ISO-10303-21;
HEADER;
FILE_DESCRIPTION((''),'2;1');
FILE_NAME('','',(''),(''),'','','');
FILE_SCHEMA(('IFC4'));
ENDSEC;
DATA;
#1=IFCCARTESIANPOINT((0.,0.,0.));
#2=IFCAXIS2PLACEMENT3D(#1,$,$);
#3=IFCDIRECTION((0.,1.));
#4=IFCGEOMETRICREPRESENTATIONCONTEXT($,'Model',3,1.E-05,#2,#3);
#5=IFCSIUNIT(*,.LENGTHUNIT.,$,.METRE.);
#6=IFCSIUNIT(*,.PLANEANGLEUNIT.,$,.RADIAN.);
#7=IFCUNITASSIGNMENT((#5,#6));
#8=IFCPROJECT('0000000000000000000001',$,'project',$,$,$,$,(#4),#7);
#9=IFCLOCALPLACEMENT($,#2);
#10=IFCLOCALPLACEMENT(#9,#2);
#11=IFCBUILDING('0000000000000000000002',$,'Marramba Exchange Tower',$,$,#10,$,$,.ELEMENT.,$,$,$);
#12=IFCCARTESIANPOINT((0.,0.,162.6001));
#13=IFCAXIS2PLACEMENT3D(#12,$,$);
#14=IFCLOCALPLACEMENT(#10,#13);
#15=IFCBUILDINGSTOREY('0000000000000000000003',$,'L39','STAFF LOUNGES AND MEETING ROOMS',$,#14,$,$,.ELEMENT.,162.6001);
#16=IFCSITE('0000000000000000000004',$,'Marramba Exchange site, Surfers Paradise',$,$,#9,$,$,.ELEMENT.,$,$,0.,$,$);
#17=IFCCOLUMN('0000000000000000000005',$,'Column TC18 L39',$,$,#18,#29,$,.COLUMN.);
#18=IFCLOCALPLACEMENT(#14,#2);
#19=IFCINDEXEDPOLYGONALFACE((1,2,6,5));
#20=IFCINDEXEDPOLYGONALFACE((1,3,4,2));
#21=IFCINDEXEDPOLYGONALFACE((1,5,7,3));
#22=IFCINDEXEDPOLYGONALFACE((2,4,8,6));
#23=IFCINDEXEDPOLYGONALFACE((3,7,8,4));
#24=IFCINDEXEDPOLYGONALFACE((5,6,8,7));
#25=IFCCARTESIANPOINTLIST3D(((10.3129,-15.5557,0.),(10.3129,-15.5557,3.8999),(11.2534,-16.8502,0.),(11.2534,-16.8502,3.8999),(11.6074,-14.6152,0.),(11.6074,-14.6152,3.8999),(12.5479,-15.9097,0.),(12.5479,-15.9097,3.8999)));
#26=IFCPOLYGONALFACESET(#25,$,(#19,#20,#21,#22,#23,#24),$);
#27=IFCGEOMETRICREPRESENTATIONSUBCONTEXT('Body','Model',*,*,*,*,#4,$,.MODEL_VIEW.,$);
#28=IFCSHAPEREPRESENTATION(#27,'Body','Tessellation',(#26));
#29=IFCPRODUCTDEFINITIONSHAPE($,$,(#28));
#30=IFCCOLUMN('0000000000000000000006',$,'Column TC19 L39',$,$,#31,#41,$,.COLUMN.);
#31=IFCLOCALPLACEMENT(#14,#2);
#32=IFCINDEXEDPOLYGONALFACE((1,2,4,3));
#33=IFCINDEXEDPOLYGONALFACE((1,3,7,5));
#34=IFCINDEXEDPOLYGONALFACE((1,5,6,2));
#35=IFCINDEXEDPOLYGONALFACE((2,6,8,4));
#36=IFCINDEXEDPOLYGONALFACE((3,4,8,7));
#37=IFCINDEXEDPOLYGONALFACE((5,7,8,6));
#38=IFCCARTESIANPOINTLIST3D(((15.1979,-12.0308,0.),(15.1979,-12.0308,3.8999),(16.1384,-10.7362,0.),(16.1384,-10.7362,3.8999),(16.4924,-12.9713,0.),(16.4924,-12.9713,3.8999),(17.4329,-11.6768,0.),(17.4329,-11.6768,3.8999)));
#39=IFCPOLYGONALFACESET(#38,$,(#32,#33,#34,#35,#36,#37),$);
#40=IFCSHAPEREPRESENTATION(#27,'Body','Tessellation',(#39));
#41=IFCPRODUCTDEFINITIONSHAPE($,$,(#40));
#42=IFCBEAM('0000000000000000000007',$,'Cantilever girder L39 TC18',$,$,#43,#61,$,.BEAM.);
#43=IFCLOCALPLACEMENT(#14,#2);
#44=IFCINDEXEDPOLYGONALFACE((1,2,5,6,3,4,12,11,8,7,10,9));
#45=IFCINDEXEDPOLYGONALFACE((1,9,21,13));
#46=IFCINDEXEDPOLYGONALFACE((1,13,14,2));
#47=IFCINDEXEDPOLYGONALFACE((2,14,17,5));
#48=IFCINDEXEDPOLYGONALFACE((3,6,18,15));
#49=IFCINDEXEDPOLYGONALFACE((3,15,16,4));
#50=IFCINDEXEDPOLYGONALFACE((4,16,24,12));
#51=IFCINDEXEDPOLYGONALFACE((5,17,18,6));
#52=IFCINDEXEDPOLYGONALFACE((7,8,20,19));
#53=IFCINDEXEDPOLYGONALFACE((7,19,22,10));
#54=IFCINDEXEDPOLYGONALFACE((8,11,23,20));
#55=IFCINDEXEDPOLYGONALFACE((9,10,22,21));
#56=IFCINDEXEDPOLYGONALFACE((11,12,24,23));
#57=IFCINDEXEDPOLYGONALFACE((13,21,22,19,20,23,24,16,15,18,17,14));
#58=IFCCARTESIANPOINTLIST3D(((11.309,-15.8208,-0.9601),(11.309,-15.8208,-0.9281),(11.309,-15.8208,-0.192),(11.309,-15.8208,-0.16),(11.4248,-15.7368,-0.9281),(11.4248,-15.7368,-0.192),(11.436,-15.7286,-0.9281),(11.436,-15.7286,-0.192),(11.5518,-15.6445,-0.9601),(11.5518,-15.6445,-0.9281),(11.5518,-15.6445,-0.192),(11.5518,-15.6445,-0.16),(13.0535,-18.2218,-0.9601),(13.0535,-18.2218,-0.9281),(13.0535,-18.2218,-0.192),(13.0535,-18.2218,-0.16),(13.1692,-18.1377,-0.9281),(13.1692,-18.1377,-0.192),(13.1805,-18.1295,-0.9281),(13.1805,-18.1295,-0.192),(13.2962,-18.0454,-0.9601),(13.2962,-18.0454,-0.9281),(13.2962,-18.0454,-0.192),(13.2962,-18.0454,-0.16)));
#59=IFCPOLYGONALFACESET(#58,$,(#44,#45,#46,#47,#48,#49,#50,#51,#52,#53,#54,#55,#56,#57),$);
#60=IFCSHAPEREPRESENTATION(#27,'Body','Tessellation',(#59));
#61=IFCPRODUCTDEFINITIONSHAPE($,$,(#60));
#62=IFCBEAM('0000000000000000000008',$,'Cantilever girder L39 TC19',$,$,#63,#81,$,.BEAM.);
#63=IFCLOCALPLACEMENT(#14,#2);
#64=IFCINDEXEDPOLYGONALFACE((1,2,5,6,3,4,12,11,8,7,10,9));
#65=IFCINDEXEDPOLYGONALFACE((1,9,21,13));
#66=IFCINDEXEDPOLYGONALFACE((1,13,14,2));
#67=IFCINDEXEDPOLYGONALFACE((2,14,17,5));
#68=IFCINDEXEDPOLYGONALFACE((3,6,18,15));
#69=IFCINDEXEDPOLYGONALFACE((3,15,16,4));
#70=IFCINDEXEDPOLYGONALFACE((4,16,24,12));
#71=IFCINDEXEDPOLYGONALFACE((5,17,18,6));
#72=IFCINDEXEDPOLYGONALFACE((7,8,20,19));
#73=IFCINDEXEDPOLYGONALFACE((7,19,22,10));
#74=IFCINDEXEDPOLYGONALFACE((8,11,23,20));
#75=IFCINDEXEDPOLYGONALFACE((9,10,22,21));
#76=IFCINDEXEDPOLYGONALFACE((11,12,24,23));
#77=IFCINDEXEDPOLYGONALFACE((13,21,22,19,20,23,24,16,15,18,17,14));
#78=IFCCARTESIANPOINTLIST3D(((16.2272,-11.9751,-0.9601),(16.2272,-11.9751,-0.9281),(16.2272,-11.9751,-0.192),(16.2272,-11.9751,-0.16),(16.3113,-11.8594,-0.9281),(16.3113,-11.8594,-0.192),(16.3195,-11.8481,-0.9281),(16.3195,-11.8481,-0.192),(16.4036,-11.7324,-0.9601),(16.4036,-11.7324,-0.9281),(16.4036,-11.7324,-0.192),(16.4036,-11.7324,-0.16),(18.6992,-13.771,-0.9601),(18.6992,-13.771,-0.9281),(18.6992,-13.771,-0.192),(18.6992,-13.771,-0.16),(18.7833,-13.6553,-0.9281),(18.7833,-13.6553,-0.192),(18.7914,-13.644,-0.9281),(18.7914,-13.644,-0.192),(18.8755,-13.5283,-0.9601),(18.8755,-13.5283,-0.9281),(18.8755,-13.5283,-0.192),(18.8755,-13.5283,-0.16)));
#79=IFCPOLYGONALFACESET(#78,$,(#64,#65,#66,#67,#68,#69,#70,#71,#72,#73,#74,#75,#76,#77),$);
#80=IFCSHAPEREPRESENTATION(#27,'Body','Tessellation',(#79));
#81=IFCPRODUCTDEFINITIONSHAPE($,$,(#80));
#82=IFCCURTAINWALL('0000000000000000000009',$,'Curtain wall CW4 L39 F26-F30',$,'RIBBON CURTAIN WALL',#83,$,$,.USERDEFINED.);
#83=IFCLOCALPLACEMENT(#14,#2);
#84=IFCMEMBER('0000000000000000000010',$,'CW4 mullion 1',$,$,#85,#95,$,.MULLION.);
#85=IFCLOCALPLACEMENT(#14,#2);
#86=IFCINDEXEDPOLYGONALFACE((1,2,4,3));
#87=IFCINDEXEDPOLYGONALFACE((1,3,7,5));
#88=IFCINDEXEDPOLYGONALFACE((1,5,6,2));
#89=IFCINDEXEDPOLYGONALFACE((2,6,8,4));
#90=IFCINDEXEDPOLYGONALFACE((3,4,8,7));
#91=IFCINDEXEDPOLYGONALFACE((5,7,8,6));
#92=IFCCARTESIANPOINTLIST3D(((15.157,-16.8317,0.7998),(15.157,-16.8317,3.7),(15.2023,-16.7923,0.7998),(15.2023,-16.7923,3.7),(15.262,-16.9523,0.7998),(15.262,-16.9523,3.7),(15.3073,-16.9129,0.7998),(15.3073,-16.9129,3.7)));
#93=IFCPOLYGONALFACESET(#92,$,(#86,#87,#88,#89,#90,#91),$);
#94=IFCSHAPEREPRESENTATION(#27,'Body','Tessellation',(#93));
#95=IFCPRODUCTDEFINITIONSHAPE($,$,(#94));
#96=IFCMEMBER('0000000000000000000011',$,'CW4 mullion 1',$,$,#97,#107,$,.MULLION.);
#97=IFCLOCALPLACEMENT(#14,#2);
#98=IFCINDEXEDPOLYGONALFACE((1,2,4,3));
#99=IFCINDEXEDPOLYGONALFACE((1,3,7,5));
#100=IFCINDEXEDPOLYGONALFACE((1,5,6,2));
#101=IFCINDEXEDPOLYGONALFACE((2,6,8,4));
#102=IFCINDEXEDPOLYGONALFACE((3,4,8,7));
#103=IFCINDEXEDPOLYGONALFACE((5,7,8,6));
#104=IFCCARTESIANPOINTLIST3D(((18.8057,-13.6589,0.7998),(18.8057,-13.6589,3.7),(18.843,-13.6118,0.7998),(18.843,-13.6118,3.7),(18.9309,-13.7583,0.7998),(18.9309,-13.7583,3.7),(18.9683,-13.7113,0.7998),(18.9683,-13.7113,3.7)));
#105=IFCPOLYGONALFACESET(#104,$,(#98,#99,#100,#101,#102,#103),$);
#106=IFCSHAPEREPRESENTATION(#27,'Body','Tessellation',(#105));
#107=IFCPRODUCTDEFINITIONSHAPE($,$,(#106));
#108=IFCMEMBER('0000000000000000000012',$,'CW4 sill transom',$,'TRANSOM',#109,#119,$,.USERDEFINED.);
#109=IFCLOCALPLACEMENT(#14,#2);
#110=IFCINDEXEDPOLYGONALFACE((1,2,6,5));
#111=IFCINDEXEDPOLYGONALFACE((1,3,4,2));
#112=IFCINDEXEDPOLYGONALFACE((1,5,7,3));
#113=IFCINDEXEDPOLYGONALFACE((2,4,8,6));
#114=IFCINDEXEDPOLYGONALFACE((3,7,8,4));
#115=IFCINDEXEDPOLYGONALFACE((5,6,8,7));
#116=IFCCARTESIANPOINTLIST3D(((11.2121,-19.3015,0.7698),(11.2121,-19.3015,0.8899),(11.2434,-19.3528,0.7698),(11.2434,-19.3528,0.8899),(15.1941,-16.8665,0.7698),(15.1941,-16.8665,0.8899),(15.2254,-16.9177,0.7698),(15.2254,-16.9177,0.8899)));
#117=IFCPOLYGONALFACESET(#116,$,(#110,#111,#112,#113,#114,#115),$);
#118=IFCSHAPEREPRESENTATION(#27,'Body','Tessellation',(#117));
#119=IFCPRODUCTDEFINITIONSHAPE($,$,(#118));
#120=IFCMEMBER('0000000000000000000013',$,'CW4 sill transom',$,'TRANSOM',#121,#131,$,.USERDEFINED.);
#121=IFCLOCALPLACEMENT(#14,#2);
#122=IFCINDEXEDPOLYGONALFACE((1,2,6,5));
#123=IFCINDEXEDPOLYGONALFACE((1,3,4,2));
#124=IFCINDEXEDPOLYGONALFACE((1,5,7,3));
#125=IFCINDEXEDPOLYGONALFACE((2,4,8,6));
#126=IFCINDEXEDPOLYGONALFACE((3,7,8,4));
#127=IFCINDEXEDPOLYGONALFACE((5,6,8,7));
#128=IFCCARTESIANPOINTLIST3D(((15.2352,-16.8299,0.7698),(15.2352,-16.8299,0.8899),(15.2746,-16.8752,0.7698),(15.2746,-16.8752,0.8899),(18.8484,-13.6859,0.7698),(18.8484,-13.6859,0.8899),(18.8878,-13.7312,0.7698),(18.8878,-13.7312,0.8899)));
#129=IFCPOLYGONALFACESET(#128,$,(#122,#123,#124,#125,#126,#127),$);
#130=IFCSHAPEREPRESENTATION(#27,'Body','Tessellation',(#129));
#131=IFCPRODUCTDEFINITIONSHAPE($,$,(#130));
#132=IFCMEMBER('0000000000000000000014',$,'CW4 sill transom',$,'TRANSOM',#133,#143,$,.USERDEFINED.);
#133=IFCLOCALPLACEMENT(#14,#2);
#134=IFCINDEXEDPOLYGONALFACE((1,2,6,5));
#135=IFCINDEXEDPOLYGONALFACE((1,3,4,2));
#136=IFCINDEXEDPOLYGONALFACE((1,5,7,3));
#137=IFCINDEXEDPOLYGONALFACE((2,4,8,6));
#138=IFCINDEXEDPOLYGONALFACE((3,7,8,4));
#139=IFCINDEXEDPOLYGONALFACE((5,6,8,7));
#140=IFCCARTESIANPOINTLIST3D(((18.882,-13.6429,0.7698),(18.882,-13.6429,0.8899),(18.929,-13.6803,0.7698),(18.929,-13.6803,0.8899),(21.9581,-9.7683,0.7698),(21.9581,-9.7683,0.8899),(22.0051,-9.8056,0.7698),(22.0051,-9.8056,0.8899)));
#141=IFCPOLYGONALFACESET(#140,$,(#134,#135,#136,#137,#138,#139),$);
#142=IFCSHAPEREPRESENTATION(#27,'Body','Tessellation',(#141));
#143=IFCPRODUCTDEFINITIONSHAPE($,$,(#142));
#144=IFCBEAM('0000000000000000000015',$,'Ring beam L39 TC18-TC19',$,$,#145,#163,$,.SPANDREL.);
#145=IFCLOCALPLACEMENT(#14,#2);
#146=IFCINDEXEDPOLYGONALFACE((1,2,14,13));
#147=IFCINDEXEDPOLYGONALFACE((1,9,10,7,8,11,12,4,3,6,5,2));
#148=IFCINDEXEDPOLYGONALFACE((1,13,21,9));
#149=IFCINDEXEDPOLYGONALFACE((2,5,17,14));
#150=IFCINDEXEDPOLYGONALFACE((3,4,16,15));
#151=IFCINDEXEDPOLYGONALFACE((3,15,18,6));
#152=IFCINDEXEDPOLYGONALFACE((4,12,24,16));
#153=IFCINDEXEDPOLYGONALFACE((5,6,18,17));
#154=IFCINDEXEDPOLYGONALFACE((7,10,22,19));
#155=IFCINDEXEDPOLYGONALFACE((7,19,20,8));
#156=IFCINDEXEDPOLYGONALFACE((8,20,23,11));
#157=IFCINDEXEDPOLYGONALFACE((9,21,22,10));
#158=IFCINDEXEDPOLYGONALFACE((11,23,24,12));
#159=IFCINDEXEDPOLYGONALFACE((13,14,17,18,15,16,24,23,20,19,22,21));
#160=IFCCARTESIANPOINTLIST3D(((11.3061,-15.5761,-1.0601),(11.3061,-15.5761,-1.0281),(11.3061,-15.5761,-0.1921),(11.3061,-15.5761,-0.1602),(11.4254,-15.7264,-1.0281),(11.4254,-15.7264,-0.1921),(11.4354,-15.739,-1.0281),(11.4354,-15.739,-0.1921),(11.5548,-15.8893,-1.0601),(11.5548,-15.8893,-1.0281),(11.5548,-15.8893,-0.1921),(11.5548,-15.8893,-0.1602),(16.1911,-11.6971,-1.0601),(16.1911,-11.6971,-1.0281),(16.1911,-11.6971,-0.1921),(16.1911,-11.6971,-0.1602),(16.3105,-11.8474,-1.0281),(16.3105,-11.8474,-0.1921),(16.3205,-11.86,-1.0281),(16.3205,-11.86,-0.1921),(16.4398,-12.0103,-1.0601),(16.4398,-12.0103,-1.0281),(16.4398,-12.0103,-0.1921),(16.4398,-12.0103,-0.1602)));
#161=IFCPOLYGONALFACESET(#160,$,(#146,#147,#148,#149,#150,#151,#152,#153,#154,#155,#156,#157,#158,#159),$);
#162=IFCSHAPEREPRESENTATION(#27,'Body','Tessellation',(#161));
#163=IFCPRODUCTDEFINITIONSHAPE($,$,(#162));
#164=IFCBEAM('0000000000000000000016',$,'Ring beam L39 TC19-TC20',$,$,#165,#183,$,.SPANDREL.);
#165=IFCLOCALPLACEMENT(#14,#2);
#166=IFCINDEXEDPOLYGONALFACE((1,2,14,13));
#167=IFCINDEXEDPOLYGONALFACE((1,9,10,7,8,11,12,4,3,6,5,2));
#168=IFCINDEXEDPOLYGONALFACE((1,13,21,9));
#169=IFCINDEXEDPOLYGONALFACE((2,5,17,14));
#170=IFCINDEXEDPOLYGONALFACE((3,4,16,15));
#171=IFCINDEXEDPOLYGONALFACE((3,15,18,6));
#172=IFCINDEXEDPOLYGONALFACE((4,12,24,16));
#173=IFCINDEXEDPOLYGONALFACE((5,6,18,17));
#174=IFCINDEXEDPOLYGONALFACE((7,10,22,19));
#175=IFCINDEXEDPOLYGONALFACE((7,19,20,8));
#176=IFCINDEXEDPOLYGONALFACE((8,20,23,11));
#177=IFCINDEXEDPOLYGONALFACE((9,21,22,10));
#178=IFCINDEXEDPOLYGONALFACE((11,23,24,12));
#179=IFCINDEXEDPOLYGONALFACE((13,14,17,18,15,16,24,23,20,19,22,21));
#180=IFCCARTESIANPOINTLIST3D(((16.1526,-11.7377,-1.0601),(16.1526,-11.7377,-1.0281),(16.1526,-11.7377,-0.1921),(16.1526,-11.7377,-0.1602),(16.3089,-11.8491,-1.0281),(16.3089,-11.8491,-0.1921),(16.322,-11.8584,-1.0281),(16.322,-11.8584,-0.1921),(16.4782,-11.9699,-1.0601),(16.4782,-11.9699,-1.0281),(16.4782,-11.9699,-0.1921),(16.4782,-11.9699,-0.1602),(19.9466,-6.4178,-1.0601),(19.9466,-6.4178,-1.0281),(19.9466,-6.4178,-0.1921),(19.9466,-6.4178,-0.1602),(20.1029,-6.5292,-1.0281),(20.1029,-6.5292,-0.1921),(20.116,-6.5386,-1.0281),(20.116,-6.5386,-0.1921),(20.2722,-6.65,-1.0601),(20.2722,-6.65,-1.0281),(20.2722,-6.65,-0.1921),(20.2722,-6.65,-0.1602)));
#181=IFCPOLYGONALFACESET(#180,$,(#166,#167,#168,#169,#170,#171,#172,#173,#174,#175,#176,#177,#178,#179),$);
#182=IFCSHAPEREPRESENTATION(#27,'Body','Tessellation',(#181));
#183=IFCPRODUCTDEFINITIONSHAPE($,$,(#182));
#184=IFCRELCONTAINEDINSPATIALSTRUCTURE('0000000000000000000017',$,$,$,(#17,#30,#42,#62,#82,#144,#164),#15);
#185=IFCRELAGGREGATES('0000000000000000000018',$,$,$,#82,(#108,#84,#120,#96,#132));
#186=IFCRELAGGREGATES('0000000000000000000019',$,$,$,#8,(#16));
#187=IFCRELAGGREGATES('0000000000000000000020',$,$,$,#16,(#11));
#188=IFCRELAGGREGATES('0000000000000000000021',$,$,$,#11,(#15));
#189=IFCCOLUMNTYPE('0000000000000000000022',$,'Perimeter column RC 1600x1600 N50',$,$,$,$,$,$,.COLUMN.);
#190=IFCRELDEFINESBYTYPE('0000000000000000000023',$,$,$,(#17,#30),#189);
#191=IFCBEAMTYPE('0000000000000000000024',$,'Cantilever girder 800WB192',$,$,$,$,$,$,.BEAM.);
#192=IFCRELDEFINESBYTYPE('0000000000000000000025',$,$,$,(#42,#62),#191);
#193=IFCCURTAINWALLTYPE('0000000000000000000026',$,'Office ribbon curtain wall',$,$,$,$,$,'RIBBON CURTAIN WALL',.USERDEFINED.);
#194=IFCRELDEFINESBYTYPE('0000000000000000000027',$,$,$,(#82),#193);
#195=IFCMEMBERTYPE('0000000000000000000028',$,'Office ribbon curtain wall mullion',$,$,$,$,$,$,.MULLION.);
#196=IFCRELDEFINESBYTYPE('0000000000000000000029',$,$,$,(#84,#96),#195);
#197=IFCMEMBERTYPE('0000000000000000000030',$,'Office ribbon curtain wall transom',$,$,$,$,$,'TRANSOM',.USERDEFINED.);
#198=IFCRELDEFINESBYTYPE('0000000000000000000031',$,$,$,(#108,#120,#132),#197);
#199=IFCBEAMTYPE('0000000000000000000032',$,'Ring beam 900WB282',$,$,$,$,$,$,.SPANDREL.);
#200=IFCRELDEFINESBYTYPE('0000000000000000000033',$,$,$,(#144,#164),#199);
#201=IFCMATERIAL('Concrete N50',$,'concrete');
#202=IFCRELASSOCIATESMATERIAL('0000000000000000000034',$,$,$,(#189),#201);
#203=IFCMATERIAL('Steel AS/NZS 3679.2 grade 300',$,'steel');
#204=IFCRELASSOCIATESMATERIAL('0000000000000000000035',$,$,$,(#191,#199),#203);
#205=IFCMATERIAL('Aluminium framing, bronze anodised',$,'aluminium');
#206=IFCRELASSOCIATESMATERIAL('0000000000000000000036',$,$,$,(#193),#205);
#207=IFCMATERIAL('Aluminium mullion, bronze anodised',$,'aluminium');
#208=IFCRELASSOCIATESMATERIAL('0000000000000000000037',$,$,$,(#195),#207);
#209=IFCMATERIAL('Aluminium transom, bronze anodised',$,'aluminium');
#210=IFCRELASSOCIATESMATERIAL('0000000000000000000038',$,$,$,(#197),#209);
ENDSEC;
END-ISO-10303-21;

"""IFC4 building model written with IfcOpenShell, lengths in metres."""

from ifc_helpers import new_model, si_unit, direction, frame, origin, origin_2d, place, context, subcontext, project, spatial, rectangle, i_section, extrude, material, material_profile, profile_set, type_object, element, aggregate, save


model = new_model("IFC4")

# Units and contexts
model_context = context("Model", 3, precision=1e-05, world=origin(), true_north=direction((0.0, 1.0)))
body_context = subcontext(model_context, "Body", "Model", "MODEL_VIEW")
ifc_project = project(units=[si_unit("LENGTHUNIT", "METRE"), si_unit("PLANEANGLEUNIT", "RADIAN")], contexts=[model_context])

# Site, building, storey
site_placement = place(None, origin())
site = spatial("IfcSite", under=ifc_project, at=site_placement, Name="Marramba Exchange site, Surfers Paradise", CompositionType="ELEMENT", RefElevation=0.0)
building_placement = place(site_placement, origin())
building = spatial("IfcBuilding", under=site, at=building_placement, Name="Marramba Exchange Tower", CompositionType="ELEMENT")
storey_placement = place(building_placement, frame((0.0, 0.0, 162.6001)))
storey = spatial("IfcBuildingStorey", under=building, at=storey_placement, Name="L39", Description="STAFF LOUNGES AND MEETING ROOMS", CompositionType="ELEMENT", Elevation=162.6001)

# Columns
ifc_material_1 = material(Name="Concrete N50", Category="concrete")
ifc_material_profile_1 = material_profile(ifc_material_1, rectangle(XDim=1.6001, YDim=1.6001, at=origin_2d()), Name="RC 1600x1600")
ifc_profile_set_1 = profile_set([ifc_material_profile_1], Name="Concrete N50")
column_type = type_object("IfcColumnType", Name="Perimeter column RC 1600x1600 N50", PredefinedType="COLUMN", material=ifc_profile_set_1)
for number, where, z_axis, x_axis, name in (
    (1, (11.4304, -15.7327, 0.0), (0.0, 0.0, 1.0), (0.587785, -0.809017, 0.0), "Column TC18 L39"),
    (2, (16.3154, -11.8538, 0.0), (0.0, 0.0, 1.0), (0.809017, -0.587785, 0.0), "Column TC19 L39"),
):
    element("IfcColumn", number, at=place(storey_placement, frame(where, z_axis=z_axis, x_axis=x_axis)), inside=storey, type_object=column_type, Name=name, PredefinedType="COLUMN", context=body_context, shape_type="SweptSolid", body=[
        extrude(rectangle(XDim=1.6001, YDim=1.6001, at=origin_2d()), origin(), (0.0, 0.0, 1.0), 3.8999),
    ])

# Beams
ifc_material_2 = material(Name="Steel AS/NZS 3679.2 grade 300", Category="steel")
ifc_material_profile_2 = material_profile(ifc_material_2, i_section(OverallWidth=0.3, OverallDepth=0.8, WebThickness=0.0139, FlangeThickness=0.032, at=origin_2d()), Name="800WB192")
ifc_profile_set_2 = profile_set([ifc_material_profile_2], Name="Steel AS/NZS 3679.2 grade 300")
beam_type_1 = type_object("IfcBeamType", Name="Cantilever girder 800WB192", PredefinedType="BEAM", material=ifc_profile_set_2)
beam_1_placement = place(storey_placement, frame((11.4304, -15.7327, -0.5601), z_axis=(0.587795, -0.80901, 0.0), x_axis=(0.80901, 0.587795, 0.0)))
element("IfcBeam", 3, at=beam_1_placement, inside=storey, type_object=beam_type_1, Name="Cantilever girder L39 TC18", PredefinedType="BEAM", context=body_context, shape_type="SweptSolid", body=[
    extrude(i_section(OverallWidth=0.3, OverallDepth=0.8, WebThickness=0.0139, FlangeThickness=0.032, at=origin_2d()), origin(), (0.0, 0.0, 1.0), 2.9678),
])
beam_2_placement = place(storey_placement, frame((16.3154, -11.8538, -0.5601), z_axis=(0.809026, -0.587773, 0.0), x_axis=(0.587773, 0.809026, 0.0)))
element("IfcBeam", 4, at=beam_2_placement, inside=storey, type_object=beam_type_1, Name="Cantilever girder L39 TC19", PredefinedType="BEAM", context=body_context, shape_type="SweptSolid", body=[
    extrude(i_section(OverallWidth=0.3, OverallDepth=0.8, WebThickness=0.0139, FlangeThickness=0.032, at=origin_2d()), origin(), (0.0, 0.0, 1.0), 3.0554),
])

# Curtain wall, members
ifc_material_3 = material(Name="Aluminium framing, bronze anodised", Category="aluminium")
curtain_wall_type = type_object("IfcCurtainWallType", Name="Office ribbon curtain wall", ElementType="RIBBON CURTAIN WALL", PredefinedType="USERDEFINED", material=ifc_material_3)
curtain_wall_placement = place(storey_placement, origin())
curtain_wall = element("IfcCurtainWall", 5, at=curtain_wall_placement, inside=storey, type_object=curtain_wall_type, Name="Curtain wall CW4 L39 F26-F30", ObjectType="RIBBON CURTAIN WALL", PredefinedType="USERDEFINED")
ifc_material_4 = material(Name="Aluminium mullion, bronze anodised", Category="aluminium")
ifc_material_profile_3 = material_profile(ifc_material_4, rectangle(XDim=0.1599, YDim=0.0601, at=origin_2d()), Name="CW4 mullion 60x160")
ifc_profile_set_3 = profile_set([ifc_material_profile_3], Name="Aluminium mullion, bronze anodised")
member_type_1 = type_object("IfcMemberType", Name="Office ribbon curtain wall mullion", PredefinedType="MULLION", material=ifc_profile_set_3)
member_1_placement = place(storey_placement, frame((15.2322, -16.8723, 0.7998), z_axis=(0.0, 0.0, 1.0), x_axis=(-0.656432, 0.754386, 0.0)))
member_1 = element("IfcMember", 6, at=member_1_placement, type_object=member_type_1, Name="CW4 mullion 1", PredefinedType="MULLION", context=body_context, shape_type="SweptSolid", body=[
    extrude(rectangle(XDim=0.1599, YDim=0.0601, at=origin_2d()), origin(), (0.0, 0.0, 1.0), 2.9001),
])
member_2_placement = place(storey_placement, frame((18.887, -13.6851, 0.7998), z_axis=(0.0, 0.0, 1.0), x_axis=(-0.78317, 0.621807, 0.0)))
member_2 = element("IfcMember", 7, at=member_2_placement, type_object=member_type_1, Name="CW4 mullion 1", PredefinedType="MULLION", context=body_context, shape_type="SweptSolid", body=[
    extrude(rectangle(XDim=0.1599, YDim=0.0601, at=origin_2d()), origin(), (0.0, 0.0, 1.0), 2.9001),
])
ifc_material_5 = material(Name="Aluminium transom, bronze anodised", Category="aluminium")
ifc_material_profile_4 = material_profile(ifc_material_5, rectangle(XDim=0.0601, YDim=0.1201, at=origin_2d()), Name="CW4 transom 60x120")
ifc_profile_set_4 = profile_set([ifc_material_profile_4], Name="Aluminium transom, bronze anodised")
member_type_2 = type_object("IfcMemberType", Name="Office ribbon curtain wall transom", ElementType="TRANSOM", PredefinedType="USERDEFINED", material=ifc_profile_set_4)
member_3_placement = place(storey_placement, frame((11.2278, -19.3271, 0.8298), z_axis=(0.853124, 0.521708, 0.0), x_axis=(-0.521708, 0.853124, 0.0)))
member_3 = element("IfcMember", 8, at=member_3_placement, type_object=member_type_2, Name="CW4 sill transom", ObjectType="TRANSOM", PredefinedType="USERDEFINED", context=body_context, shape_type="SweptSolid", body=[
    extrude(rectangle(XDim=0.0601, YDim=0.1201, at=origin_2d()), origin(), (0.0, 0.0, 1.0), 4.6675),
])
member_4_placement = place(storey_placement, frame((15.2549, -16.8525, 0.8298), z_axis=(0.754393, 0.656424, 0.0), x_axis=(-0.656424, 0.754393, 0.0)))
member_4 = element("IfcMember", 9, at=member_4_placement, type_object=member_type_2, Name="CW4 sill transom", ObjectType="TRANSOM", PredefinedType="USERDEFINED", context=body_context, shape_type="SweptSolid", body=[
    extrude(rectangle(XDim=0.0601, YDim=0.1201, at=origin_2d()), origin(), (0.0, 0.0, 1.0), 4.7896),
])
member_5_placement = place(storey_placement, frame((18.9055, -13.6616, 0.8298), z_axis=(0.621778, 0.783194, 0.0), x_axis=(-0.783194, 0.621778, 0.0)))
member_5 = element("IfcMember", 10, at=member_5_placement, type_object=member_type_2, Name="CW4 sill transom", ObjectType="TRANSOM", PredefinedType="USERDEFINED", context=body_context, shape_type="SweptSolid", body=[
    extrude(rectangle(XDim=0.0601, YDim=0.1201, at=origin_2d()), origin(), (0.0, 0.0, 1.0), 4.9473),
])

# Beams
ifc_material_profile_5 = material_profile(ifc_material_2, i_section(OverallWidth=0.3999, OverallDepth=0.8999, WebThickness=0.0161, FlangeThickness=0.032, at=origin_2d()), Name="900WB282")
ifc_profile_set_5 = profile_set([ifc_material_profile_5], Name="Steel AS/NZS 3679.2 grade 300")
beam_type_2 = type_object("IfcBeamType", Name="Ring beam 900WB282", PredefinedType="SPANDREL", material=ifc_profile_set_5)
beam_3_placement = place(storey_placement, frame((11.4304, -15.7327, -0.6101), z_axis=(0.783139, 0.621846, 0.0), x_axis=(-0.621846, 0.783139, 0.0)))
element("IfcBeam", 11, at=beam_3_placement, inside=storey, type_object=beam_type_2, Name="Ring beam L39 TC18-TC19", PredefinedType="SPANDREL", context=body_context, shape_type="SweptSolid", body=[
    extrude(i_section(OverallWidth=0.3999, OverallDepth=0.8999, WebThickness=0.0161, FlangeThickness=0.032, at=origin_2d()), origin(), (0.0, 0.0, 1.0), 6.2378),
])
beam_4_placement = place(storey_placement, frame((16.3154, -11.8538, -0.6101), z_axis=(0.580637, 0.814162, 0.0), x_axis=(-0.814162, 0.580637, 0.0)))
element("IfcBeam", 12, at=beam_4_placement, inside=storey, type_object=beam_type_2, Name="Ring beam L39 TC19-TC20", PredefinedType="SPANDREL", context=body_context, shape_type="SweptSolid", body=[
    extrude(i_section(OverallWidth=0.3999, OverallDepth=0.8999, WebThickness=0.0161, FlangeThickness=0.032, at=origin_2d()), origin(), (0.0, 0.0, 1.0), 6.5342),
])

aggregate(curtain_wall, [member_3, member_1, member_4, member_2, member_5])

save(model, "model.ifc")
